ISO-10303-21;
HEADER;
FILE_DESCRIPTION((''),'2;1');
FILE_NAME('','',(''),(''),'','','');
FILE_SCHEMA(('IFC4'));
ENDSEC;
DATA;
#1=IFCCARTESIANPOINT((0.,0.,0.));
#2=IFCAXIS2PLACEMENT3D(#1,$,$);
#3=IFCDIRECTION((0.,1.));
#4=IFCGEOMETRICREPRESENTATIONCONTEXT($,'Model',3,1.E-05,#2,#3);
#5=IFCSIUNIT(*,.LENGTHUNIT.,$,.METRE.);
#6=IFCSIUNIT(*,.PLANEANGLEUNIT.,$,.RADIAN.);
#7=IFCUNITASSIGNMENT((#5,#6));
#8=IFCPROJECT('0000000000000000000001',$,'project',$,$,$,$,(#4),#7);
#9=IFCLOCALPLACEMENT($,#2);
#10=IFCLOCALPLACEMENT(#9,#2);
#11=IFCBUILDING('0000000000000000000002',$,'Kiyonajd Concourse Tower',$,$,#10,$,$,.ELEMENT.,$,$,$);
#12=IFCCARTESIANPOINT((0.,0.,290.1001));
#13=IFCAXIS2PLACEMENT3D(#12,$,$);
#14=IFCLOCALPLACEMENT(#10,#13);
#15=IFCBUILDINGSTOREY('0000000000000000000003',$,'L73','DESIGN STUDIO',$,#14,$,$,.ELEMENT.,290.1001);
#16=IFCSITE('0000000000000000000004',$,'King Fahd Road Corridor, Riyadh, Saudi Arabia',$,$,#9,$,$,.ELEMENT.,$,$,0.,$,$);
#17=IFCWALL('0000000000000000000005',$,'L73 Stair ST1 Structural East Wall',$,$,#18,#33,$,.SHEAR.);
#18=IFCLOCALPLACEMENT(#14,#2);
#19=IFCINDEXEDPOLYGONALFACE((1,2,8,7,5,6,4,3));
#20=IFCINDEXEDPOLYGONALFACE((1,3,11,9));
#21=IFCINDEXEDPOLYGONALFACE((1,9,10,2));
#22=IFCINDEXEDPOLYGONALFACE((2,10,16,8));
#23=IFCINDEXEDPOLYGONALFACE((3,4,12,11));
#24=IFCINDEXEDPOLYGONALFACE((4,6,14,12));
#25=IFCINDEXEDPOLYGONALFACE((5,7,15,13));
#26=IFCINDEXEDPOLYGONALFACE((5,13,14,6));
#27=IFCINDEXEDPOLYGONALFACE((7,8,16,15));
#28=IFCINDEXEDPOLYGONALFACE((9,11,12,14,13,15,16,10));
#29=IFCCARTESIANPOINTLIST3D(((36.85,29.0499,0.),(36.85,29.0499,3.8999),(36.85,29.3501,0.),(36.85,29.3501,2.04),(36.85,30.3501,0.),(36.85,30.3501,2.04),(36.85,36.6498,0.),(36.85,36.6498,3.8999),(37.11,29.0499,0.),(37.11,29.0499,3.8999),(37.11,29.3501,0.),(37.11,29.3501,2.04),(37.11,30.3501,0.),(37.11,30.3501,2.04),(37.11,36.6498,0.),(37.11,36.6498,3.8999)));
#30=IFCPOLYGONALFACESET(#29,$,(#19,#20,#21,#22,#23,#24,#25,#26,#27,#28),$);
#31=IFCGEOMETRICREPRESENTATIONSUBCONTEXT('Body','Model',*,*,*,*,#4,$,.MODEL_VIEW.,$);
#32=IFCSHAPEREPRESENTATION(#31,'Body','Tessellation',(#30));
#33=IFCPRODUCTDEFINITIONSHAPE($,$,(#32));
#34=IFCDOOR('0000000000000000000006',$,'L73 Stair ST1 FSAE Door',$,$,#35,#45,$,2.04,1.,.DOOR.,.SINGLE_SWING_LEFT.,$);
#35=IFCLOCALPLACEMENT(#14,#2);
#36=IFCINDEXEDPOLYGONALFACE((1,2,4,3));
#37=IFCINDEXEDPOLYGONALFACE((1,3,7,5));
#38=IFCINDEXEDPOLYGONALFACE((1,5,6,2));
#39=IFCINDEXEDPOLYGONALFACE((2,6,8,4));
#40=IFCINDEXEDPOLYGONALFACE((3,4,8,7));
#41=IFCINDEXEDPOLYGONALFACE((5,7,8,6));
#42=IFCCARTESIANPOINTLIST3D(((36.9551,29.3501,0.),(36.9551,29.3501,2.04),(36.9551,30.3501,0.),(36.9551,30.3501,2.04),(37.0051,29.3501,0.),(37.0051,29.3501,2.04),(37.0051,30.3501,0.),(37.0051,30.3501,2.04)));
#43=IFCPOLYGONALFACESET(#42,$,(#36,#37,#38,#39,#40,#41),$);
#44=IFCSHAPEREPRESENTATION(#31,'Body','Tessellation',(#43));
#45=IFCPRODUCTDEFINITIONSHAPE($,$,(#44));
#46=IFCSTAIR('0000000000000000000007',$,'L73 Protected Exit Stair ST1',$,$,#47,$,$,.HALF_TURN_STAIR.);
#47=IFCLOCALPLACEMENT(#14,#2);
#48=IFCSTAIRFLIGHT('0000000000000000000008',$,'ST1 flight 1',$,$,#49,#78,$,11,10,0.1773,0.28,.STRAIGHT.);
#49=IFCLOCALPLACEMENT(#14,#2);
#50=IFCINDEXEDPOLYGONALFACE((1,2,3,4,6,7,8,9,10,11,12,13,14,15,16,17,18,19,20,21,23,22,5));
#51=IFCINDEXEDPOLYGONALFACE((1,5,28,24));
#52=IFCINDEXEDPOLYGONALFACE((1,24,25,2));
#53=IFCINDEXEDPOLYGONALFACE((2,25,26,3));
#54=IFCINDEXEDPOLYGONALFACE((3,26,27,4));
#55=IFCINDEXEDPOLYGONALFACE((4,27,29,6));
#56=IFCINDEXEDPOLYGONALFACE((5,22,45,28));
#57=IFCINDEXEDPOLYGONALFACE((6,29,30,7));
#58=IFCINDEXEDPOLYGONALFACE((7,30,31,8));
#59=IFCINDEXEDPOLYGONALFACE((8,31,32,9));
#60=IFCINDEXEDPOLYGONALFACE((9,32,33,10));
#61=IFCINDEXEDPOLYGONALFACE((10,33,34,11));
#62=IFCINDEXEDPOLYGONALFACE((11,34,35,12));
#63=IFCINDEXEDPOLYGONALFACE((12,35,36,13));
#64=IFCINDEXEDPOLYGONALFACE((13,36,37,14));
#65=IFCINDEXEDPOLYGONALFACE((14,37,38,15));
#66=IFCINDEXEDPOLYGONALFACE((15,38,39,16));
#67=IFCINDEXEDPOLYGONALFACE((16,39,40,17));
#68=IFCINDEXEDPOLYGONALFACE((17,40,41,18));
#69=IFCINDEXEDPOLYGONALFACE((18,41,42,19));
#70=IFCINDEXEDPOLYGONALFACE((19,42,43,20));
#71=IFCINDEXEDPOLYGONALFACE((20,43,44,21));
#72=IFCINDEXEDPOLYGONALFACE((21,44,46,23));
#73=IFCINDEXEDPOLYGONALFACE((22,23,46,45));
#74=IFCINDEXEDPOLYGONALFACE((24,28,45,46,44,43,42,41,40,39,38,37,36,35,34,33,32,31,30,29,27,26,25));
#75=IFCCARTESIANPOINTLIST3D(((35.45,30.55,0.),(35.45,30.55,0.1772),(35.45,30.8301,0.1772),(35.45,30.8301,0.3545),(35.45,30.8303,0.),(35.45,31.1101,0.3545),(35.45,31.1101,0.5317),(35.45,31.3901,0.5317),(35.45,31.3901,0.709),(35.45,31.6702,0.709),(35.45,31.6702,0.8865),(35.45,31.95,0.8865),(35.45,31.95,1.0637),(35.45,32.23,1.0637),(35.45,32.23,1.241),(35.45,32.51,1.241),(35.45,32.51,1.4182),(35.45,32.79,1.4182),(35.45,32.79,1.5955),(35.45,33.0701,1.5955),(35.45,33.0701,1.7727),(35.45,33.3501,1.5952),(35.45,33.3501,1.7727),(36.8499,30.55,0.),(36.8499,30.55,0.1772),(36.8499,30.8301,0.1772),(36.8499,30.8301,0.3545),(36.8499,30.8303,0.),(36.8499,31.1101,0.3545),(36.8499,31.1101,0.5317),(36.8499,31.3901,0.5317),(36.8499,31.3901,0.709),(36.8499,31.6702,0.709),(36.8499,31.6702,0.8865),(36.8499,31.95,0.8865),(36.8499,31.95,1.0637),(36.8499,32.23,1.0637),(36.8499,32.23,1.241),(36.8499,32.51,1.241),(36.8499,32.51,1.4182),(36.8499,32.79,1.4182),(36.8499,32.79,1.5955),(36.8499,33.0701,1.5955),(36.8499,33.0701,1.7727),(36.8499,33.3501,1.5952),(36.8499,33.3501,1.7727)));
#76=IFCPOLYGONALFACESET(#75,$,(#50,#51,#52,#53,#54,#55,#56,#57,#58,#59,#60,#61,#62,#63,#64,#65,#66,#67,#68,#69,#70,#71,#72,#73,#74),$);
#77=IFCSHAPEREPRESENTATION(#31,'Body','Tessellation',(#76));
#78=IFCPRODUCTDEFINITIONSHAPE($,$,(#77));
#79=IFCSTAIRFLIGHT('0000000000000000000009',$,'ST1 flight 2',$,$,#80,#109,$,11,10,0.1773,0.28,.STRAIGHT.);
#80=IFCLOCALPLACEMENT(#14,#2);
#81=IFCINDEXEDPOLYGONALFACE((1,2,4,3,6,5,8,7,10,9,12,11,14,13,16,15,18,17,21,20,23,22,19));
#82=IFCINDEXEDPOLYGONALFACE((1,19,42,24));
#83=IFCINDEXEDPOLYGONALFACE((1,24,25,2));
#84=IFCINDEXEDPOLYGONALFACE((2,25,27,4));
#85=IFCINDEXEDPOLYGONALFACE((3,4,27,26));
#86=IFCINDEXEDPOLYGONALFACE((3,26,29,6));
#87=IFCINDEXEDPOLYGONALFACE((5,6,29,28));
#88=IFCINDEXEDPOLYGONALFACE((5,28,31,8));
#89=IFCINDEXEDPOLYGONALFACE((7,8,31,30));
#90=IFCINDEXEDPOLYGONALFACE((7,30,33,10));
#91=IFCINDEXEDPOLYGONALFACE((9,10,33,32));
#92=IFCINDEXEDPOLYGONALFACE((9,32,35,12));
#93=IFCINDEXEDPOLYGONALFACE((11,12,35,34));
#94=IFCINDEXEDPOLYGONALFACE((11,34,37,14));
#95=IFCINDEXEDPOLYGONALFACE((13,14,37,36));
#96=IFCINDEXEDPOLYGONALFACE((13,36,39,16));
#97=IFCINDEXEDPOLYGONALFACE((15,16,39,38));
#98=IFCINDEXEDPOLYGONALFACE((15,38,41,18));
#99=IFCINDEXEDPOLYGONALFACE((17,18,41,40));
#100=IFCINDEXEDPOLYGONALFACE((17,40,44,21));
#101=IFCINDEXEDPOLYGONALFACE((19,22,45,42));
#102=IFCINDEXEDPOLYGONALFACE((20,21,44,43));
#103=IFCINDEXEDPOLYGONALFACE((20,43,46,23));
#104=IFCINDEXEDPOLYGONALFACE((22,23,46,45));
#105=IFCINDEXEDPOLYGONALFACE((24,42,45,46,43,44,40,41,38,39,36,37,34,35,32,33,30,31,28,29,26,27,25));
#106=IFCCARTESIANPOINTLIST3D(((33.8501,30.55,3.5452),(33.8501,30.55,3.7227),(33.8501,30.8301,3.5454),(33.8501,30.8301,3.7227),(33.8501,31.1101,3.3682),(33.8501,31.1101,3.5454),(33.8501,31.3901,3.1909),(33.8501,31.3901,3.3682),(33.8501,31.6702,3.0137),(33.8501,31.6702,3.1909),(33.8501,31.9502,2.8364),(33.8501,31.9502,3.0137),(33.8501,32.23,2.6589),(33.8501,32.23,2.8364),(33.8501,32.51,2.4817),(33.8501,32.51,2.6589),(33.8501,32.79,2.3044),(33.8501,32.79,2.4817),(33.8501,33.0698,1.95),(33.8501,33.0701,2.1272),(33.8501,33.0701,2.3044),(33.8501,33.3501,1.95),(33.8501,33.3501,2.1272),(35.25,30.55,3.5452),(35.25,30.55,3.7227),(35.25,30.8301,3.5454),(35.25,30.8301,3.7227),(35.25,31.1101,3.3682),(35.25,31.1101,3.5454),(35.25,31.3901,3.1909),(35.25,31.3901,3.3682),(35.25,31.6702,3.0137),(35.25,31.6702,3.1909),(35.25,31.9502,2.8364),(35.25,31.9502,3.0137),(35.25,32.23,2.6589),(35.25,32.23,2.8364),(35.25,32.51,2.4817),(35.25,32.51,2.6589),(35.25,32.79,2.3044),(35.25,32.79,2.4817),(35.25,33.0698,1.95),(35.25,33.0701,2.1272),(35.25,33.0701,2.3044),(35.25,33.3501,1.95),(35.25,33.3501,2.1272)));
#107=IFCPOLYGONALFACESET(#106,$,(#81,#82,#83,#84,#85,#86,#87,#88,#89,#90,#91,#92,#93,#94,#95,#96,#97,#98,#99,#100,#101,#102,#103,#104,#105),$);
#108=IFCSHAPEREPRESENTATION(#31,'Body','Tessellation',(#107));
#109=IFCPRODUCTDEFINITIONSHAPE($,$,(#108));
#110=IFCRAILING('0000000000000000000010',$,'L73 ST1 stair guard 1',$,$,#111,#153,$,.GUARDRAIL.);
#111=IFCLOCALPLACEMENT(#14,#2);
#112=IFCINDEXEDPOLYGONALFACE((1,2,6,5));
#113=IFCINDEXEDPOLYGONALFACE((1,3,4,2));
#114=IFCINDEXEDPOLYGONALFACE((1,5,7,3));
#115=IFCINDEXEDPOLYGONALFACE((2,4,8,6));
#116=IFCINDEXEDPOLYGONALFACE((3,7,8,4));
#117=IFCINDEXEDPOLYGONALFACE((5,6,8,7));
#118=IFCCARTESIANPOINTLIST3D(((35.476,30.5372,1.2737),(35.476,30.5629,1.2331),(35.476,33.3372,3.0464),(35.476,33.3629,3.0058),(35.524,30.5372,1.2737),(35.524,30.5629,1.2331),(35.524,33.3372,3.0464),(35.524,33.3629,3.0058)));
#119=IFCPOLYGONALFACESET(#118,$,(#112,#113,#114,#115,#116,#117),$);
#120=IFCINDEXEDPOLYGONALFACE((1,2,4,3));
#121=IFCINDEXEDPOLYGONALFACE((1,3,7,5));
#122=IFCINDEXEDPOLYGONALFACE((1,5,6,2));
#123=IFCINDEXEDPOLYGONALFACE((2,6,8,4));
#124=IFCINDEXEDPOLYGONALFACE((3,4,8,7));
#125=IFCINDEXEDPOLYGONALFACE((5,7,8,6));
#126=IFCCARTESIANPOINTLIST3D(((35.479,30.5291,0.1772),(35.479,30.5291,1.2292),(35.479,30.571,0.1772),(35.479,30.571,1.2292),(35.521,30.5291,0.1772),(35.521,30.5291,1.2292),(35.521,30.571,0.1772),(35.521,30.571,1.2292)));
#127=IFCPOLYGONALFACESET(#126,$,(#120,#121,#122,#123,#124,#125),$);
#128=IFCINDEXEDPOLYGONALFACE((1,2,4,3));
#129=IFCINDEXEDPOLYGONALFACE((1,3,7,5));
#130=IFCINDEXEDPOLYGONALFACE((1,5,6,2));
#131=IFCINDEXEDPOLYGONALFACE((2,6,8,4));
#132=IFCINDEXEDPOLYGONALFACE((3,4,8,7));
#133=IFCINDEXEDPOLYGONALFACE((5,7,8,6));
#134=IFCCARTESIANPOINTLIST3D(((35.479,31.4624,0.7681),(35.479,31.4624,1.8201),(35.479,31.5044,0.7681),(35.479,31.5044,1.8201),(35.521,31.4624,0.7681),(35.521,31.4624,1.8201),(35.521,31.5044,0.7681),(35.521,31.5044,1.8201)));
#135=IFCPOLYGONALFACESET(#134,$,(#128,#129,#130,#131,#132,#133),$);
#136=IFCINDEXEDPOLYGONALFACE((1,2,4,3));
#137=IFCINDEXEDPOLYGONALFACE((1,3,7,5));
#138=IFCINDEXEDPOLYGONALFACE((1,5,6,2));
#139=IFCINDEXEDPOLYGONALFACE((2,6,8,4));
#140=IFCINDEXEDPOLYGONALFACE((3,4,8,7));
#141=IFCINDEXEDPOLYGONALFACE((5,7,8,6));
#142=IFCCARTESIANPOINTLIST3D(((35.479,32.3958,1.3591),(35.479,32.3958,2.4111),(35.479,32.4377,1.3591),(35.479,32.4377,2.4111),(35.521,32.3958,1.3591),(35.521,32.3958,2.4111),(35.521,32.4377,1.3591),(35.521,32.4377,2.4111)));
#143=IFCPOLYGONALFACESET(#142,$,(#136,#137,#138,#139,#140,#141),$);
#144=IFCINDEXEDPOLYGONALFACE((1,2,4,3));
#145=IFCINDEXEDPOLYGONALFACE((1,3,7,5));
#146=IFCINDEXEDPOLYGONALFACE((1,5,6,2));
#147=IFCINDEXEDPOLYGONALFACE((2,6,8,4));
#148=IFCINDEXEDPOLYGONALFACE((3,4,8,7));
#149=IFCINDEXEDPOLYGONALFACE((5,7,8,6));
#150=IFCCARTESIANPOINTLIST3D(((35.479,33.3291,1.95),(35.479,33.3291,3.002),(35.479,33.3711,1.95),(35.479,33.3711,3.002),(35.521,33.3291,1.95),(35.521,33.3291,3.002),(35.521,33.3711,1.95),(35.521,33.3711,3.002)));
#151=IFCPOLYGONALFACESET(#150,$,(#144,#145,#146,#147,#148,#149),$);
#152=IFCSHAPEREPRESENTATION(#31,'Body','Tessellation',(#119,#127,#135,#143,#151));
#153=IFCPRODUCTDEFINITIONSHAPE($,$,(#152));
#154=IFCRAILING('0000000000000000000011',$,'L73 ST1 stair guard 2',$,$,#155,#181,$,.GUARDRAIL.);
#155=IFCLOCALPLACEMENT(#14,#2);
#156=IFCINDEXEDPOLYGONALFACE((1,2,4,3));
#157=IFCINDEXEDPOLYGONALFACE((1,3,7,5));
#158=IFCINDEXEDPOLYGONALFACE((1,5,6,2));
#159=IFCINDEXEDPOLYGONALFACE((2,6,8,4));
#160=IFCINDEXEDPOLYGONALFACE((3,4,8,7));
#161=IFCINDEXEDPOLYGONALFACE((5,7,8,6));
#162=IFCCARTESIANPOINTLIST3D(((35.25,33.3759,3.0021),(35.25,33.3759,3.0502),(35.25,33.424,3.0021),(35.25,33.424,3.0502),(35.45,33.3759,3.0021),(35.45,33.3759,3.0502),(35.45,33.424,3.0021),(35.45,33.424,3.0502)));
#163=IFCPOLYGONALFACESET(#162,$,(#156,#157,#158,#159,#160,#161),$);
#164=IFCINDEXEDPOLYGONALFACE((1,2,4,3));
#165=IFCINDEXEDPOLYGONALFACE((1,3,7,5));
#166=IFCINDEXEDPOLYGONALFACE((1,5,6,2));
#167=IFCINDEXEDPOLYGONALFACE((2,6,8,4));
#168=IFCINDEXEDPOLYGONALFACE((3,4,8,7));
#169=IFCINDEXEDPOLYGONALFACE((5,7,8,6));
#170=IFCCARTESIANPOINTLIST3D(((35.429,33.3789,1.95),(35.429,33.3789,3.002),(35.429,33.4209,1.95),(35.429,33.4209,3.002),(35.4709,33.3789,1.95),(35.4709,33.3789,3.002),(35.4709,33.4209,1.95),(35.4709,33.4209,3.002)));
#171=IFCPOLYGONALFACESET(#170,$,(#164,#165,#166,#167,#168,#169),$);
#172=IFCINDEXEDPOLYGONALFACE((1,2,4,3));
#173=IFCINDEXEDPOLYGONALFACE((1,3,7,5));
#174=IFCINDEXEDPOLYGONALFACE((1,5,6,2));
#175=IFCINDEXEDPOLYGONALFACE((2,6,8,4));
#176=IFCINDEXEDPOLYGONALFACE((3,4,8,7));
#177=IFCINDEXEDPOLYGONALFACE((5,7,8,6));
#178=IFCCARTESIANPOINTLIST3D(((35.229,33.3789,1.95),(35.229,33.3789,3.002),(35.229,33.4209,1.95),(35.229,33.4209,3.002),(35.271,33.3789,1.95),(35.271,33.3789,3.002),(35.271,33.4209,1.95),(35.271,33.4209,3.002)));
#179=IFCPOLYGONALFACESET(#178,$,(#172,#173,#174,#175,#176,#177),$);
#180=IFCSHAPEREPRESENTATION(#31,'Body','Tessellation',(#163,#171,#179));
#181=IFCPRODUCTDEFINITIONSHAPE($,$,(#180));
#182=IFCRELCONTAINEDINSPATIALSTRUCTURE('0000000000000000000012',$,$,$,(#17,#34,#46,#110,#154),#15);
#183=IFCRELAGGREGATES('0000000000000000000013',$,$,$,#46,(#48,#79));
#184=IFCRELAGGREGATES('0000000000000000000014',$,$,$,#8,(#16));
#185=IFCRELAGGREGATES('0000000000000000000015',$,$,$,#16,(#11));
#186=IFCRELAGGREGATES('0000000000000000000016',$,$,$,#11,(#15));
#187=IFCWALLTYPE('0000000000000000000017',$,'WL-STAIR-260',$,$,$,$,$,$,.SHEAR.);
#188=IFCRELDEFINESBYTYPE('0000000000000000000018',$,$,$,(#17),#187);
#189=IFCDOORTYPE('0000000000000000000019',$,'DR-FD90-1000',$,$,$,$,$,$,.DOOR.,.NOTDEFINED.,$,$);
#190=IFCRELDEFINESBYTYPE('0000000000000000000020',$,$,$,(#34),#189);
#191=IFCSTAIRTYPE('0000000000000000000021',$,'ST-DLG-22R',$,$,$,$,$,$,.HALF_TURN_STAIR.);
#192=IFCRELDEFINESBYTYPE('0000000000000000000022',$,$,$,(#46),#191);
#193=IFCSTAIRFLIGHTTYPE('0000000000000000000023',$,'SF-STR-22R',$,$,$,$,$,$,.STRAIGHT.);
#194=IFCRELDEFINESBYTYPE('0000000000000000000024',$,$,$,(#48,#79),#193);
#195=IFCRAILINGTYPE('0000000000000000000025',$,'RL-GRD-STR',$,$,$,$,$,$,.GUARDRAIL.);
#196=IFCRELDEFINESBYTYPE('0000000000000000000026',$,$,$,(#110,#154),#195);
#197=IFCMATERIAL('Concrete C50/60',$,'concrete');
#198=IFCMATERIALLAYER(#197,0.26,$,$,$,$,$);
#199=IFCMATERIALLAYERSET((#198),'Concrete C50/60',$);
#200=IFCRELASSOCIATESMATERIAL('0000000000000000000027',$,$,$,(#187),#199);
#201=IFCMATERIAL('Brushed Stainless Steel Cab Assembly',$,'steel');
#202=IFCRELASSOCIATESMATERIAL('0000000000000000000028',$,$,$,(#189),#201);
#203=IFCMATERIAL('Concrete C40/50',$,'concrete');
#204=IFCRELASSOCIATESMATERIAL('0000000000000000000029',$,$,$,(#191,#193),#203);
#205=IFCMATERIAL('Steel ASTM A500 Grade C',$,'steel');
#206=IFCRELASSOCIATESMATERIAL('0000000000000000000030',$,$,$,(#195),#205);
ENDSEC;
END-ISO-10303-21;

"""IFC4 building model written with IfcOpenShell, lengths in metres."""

from ifc_helpers import new_model, si_unit, direction, frame, frame_2d, origin, origin_2d, place, context, subcontext, project, spatial, polyline, rectangle, outline, extrude, material, layer, layer_set, type_object, element, fill, aggregate, save


model = new_model("IFC4")

# Units and contexts
model_context = context("Model", 3, precision=1e-05, world=origin(), true_north=direction((0.0, 1.0)))
body_context = subcontext(model_context, "Body", "Model", "MODEL_VIEW")
ifc_project = project(units=[si_unit("LENGTHUNIT", "METRE"), si_unit("PLANEANGLEUNIT", "RADIAN")], contexts=[model_context])

# Site, building, storey
site_placement = place(None, origin())
site = spatial("IfcSite", under=ifc_project, at=site_placement, Name="King Fahd Road Corridor, Riyadh, Saudi Arabia", CompositionType="ELEMENT", RefElevation=0.0)
building_placement = place(site_placement, origin())
building = spatial("IfcBuilding", under=site, at=building_placement, Name="Kiyonajd Concourse Tower", CompositionType="ELEMENT")
storey_placement = place(building_placement, frame((0.0, 0.0, 290.1001)))
storey = spatial("IfcBuildingStorey", under=building, at=storey_placement, Name="L73", Description="DESIGN STUDIO", CompositionType="ELEMENT", Elevation=290.1001)

# Shared definitions
ifc_material_1 = material(Name="Concrete C50/60", Category="concrete")

# Shared definitions
ifc_material_2 = material(Name="Brushed Stainless Steel Cab Assembly", Category="steel")

# Shared definitions
ifc_layer_1 = layer(ifc_material_1, 0.26)
ifc_layer_set_1 = layer_set([ifc_layer_1], Name="Concrete C50/60")
wall_type_1 = type_object("IfcWallType", Name="WL-STAIR-260", PredefinedType="SHEAR", material=ifc_layer_set_1)

# Wall, opening, door
wall_1_placement = place(storey_placement, frame((36.98, 29.05, 0.0), z_axis=(0.0, 0.0, 1.0), x_axis=(0.0, 1.0, 0.0)))
wall_1 = element("IfcWall", 1, at=wall_1_placement, inside=storey, type_object=wall_type_1, Name="L73 Stair ST1 Structural East Wall", PredefinedType="SHEAR", context=body_context, shape_type="SweptSolid", body=[
    extrude(rectangle(XDim=7.5999, YDim=0.26, at=frame_2d((3.7998, 0.0))), origin(), (0.0, 0.0, 1.0), 3.8999),
])
opening_1_placement = place(wall_1_placement, frame((0.3, 0.0, 0.0)))
opening_1 = element("IfcOpeningElement", 2, at=opening_1_placement, cuts=wall_1, PredefinedType="OPENING", context=body_context, shape_type="SweptSolid", body=[
    extrude(rectangle(XDim=1.0, YDim=2.04, at=frame_2d((0.5, 1.02))), frame((0.0, 0.1399, 0.0), z_axis=(0.0, -1.0, 0.0), x_axis=(1.0, 0.0, 0.0)), (0.0, 0.0, 1.0), 0.28),
])
door_type_1 = type_object("IfcDoorType", Name="DR-FD90-1000", OperationType="NOTDEFINED", PredefinedType="DOOR", material=ifc_material_2)
door_1_placement = place(opening_1_placement, origin())
door_1 = element("IfcDoor", 3, at=door_1_placement, inside=storey, type_object=door_type_1, Name="L73 Stair ST1 FSAE Door", OperationType="SINGLE_SWING_LEFT", OverallHeight=2.04, OverallWidth=1.0, PredefinedType="DOOR", context=body_context, shape_type="SweptSolid", body=[
    extrude(rectangle(XDim=1.0, YDim=2.04, at=frame_2d((0.5, 1.02))), frame((0.0, 0.0249, 0.0), z_axis=(0.0, -1.0, 0.0), x_axis=(1.0, 0.0, 0.0)), (0.0, 0.0, 1.0), 0.05),
])
fill(opening_1, door_1)

# Stair, stair flights
ifc_material_3 = material(Name="Concrete C40/50", Category="concrete")
stair_type = type_object("IfcStairType", Name="ST-DLG-22R", PredefinedType="HALF_TURN_STAIR", material=ifc_material_3)
stair_placement = place(storey_placement, origin())
stair = element("IfcStair", 4, at=stair_placement, inside=storey, type_object=stair_type, Name="L73 Protected Exit Stair ST1", PredefinedType="HALF_TURN_STAIR")
stair_flight_type = type_object("IfcStairFlightType", Name="SF-STR-22R", PredefinedType="STRAIGHT", material=ifc_material_3)
stair_flight_1_placement = place(storey_placement, frame((36.1499, 30.55, 0.0), z_axis=(0.0, 0.0, 1.0), x_axis=(0.0, 1.0, 0.0)))
stair_flight_1 = element("IfcStairFlight", 5, at=stair_flight_1_placement, type_object=stair_flight_type, Name="ST1 flight 1", NumberOfRisers=11, NumberOfTreads=10, PredefinedType="STRAIGHT", RiserHeight=0.1773, TreadLength=0.28, context=body_context, shape_type="SweptSolid", body=[
    extrude(outline(polyline([(0.0, 0.0), (0.0, 0.1772), (0.28, 0.1772), (0.28, 0.3545), (0.5601, 0.3545), (0.5601, 0.5317), (0.8401, 0.5317), (0.8401, 0.709), (1.1201, 0.709), (1.1201, 0.8865), (1.3999, 0.8865), (1.3999, 1.0637), (1.6799, 1.0637), (1.6799, 1.241), (1.96, 1.241), (1.96, 1.4182), (2.24, 1.4182), (2.24, 1.5955), (2.52, 1.5955), (2.52, 1.7727), (2.8, 1.7727), (2.8, 1.95), (2.8, 1.5952), (0.2803, 0.0), (0.0, 0.0)])), frame((0.0, 0.7, 0.0), z_axis=(0.0, -1.0, 0.0), x_axis=(1.0, 0.0, 0.0)), (0.0, 0.0, 1.0), 1.3999),
])
stair_flight_2_placement = place(storey_placement, frame((34.55, 33.3501, 1.95), z_axis=(0.0, 0.0, 1.0), x_axis=(0.0, -1.0, 0.0)))
stair_flight_2 = element("IfcStairFlight", 6, at=stair_flight_2_placement, type_object=stair_flight_type, Name="ST1 flight 2", NumberOfRisers=11, NumberOfTreads=10, PredefinedType="STRAIGHT", RiserHeight=0.1773, TreadLength=0.28, context=body_context, shape_type="SweptSolid", body=[
    extrude(outline(polyline([(0.0, 0.0), (0.0, 0.1772), (0.28, 0.1772), (0.28, 0.3545), (0.5601, 0.3545), (0.5601, 0.5317), (0.8401, 0.5317), (0.8401, 0.709), (1.1201, 0.709), (1.1201, 0.8865), (1.3999, 0.8865), (1.3999, 1.0637), (1.6799, 1.0637), (1.6799, 1.241), (1.96, 1.241), (1.96, 1.4182), (2.24, 1.4182), (2.24, 1.5955), (2.52, 1.5955), (2.52, 1.7727), (2.8, 1.7727), (2.8, 1.95), (2.8, 1.5952), (0.2803, 0.0), (0.0, 0.0)])), frame((0.0, 0.7, 0.0), z_axis=(0.0, -1.0, 0.0), x_axis=(1.0, 0.0, 0.0)), (0.0, 0.0, 1.0), 1.3999),
])
aggregate(stair, [stair_flight_1, stair_flight_2])

# Railings
ifc_material_4 = material(Name="Steel ASTM A500 Grade C", Category="steel")
railing_type_1 = type_object("IfcRailingType", Name="RL-GRD-STR", PredefinedType="GUARDRAIL", material=ifc_material_4)
railing_1_placement = place(storey_placement, frame((35.5, 30.55, 0.1772)))
element("IfcRailing", 7, at=railing_1_placement, inside=storey, type_object=railing_type_1, Name="L73 ST1 stair guard 1", PredefinedType="GUARDRAIL", context=body_context, shape_type="SweptSolid", body=[
    extrude(rectangle(XDim=0.0481, YDim=0.0481, at=origin_2d()), frame((0.0, 0.0, 1.0762), z_axis=(0.0, 0.844909, 0.53491), x_axis=(-1.0, 0.0, 0.0)), (0.0, 0.0, 1.0), 3.314),
    extrude(rectangle(XDim=0.042, YDim=0.042, at=origin_2d()), origin(), (0.0, 0.0, 1.0), 1.052),
    extrude(rectangle(XDim=0.042, YDim=0.042, at=origin_2d()), frame((0.0, 0.9333, 0.5908)), (0.0, 0.0, 1.0), 1.052),
    extrude(rectangle(XDim=0.042, YDim=0.042, at=origin_2d()), frame((0.0, 1.8667, 1.1819)), (0.0, 0.0, 1.0), 1.052),
    extrude(rectangle(XDim=0.042, YDim=0.042, at=origin_2d()), frame((0.0, 2.8, 1.7727)), (0.0, 0.0, 1.0), 1.052),
])
railing_2_placement = place(storey_placement, frame((35.45, 33.3999, 1.95)))
element("IfcRailing", 8, at=railing_2_placement, inside=storey, type_object=railing_type_1, Name="L73 ST1 stair guard 2", PredefinedType="GUARDRAIL", context=body_context, shape_type="SweptSolid", body=[
    extrude(rectangle(XDim=0.0481, YDim=0.0481, at=origin_2d()), frame((0.0, 0.0, 1.0762), z_axis=(-1.0, 0.0, 0.0), x_axis=(0.0, -1.0, 0.0)), (0.0, 0.0, 1.0), 0.2),
    extrude(rectangle(XDim=0.042, YDim=0.042, at=origin_2d()), origin(), (0.0, 0.0, 1.0), 1.052),
    extrude(rectangle(XDim=0.042, YDim=0.042, at=origin_2d()), frame((-0.2, 0.0, 0.0)), (0.0, 0.0, 1.0), 1.052),
])

save(model, "model.ifc")
